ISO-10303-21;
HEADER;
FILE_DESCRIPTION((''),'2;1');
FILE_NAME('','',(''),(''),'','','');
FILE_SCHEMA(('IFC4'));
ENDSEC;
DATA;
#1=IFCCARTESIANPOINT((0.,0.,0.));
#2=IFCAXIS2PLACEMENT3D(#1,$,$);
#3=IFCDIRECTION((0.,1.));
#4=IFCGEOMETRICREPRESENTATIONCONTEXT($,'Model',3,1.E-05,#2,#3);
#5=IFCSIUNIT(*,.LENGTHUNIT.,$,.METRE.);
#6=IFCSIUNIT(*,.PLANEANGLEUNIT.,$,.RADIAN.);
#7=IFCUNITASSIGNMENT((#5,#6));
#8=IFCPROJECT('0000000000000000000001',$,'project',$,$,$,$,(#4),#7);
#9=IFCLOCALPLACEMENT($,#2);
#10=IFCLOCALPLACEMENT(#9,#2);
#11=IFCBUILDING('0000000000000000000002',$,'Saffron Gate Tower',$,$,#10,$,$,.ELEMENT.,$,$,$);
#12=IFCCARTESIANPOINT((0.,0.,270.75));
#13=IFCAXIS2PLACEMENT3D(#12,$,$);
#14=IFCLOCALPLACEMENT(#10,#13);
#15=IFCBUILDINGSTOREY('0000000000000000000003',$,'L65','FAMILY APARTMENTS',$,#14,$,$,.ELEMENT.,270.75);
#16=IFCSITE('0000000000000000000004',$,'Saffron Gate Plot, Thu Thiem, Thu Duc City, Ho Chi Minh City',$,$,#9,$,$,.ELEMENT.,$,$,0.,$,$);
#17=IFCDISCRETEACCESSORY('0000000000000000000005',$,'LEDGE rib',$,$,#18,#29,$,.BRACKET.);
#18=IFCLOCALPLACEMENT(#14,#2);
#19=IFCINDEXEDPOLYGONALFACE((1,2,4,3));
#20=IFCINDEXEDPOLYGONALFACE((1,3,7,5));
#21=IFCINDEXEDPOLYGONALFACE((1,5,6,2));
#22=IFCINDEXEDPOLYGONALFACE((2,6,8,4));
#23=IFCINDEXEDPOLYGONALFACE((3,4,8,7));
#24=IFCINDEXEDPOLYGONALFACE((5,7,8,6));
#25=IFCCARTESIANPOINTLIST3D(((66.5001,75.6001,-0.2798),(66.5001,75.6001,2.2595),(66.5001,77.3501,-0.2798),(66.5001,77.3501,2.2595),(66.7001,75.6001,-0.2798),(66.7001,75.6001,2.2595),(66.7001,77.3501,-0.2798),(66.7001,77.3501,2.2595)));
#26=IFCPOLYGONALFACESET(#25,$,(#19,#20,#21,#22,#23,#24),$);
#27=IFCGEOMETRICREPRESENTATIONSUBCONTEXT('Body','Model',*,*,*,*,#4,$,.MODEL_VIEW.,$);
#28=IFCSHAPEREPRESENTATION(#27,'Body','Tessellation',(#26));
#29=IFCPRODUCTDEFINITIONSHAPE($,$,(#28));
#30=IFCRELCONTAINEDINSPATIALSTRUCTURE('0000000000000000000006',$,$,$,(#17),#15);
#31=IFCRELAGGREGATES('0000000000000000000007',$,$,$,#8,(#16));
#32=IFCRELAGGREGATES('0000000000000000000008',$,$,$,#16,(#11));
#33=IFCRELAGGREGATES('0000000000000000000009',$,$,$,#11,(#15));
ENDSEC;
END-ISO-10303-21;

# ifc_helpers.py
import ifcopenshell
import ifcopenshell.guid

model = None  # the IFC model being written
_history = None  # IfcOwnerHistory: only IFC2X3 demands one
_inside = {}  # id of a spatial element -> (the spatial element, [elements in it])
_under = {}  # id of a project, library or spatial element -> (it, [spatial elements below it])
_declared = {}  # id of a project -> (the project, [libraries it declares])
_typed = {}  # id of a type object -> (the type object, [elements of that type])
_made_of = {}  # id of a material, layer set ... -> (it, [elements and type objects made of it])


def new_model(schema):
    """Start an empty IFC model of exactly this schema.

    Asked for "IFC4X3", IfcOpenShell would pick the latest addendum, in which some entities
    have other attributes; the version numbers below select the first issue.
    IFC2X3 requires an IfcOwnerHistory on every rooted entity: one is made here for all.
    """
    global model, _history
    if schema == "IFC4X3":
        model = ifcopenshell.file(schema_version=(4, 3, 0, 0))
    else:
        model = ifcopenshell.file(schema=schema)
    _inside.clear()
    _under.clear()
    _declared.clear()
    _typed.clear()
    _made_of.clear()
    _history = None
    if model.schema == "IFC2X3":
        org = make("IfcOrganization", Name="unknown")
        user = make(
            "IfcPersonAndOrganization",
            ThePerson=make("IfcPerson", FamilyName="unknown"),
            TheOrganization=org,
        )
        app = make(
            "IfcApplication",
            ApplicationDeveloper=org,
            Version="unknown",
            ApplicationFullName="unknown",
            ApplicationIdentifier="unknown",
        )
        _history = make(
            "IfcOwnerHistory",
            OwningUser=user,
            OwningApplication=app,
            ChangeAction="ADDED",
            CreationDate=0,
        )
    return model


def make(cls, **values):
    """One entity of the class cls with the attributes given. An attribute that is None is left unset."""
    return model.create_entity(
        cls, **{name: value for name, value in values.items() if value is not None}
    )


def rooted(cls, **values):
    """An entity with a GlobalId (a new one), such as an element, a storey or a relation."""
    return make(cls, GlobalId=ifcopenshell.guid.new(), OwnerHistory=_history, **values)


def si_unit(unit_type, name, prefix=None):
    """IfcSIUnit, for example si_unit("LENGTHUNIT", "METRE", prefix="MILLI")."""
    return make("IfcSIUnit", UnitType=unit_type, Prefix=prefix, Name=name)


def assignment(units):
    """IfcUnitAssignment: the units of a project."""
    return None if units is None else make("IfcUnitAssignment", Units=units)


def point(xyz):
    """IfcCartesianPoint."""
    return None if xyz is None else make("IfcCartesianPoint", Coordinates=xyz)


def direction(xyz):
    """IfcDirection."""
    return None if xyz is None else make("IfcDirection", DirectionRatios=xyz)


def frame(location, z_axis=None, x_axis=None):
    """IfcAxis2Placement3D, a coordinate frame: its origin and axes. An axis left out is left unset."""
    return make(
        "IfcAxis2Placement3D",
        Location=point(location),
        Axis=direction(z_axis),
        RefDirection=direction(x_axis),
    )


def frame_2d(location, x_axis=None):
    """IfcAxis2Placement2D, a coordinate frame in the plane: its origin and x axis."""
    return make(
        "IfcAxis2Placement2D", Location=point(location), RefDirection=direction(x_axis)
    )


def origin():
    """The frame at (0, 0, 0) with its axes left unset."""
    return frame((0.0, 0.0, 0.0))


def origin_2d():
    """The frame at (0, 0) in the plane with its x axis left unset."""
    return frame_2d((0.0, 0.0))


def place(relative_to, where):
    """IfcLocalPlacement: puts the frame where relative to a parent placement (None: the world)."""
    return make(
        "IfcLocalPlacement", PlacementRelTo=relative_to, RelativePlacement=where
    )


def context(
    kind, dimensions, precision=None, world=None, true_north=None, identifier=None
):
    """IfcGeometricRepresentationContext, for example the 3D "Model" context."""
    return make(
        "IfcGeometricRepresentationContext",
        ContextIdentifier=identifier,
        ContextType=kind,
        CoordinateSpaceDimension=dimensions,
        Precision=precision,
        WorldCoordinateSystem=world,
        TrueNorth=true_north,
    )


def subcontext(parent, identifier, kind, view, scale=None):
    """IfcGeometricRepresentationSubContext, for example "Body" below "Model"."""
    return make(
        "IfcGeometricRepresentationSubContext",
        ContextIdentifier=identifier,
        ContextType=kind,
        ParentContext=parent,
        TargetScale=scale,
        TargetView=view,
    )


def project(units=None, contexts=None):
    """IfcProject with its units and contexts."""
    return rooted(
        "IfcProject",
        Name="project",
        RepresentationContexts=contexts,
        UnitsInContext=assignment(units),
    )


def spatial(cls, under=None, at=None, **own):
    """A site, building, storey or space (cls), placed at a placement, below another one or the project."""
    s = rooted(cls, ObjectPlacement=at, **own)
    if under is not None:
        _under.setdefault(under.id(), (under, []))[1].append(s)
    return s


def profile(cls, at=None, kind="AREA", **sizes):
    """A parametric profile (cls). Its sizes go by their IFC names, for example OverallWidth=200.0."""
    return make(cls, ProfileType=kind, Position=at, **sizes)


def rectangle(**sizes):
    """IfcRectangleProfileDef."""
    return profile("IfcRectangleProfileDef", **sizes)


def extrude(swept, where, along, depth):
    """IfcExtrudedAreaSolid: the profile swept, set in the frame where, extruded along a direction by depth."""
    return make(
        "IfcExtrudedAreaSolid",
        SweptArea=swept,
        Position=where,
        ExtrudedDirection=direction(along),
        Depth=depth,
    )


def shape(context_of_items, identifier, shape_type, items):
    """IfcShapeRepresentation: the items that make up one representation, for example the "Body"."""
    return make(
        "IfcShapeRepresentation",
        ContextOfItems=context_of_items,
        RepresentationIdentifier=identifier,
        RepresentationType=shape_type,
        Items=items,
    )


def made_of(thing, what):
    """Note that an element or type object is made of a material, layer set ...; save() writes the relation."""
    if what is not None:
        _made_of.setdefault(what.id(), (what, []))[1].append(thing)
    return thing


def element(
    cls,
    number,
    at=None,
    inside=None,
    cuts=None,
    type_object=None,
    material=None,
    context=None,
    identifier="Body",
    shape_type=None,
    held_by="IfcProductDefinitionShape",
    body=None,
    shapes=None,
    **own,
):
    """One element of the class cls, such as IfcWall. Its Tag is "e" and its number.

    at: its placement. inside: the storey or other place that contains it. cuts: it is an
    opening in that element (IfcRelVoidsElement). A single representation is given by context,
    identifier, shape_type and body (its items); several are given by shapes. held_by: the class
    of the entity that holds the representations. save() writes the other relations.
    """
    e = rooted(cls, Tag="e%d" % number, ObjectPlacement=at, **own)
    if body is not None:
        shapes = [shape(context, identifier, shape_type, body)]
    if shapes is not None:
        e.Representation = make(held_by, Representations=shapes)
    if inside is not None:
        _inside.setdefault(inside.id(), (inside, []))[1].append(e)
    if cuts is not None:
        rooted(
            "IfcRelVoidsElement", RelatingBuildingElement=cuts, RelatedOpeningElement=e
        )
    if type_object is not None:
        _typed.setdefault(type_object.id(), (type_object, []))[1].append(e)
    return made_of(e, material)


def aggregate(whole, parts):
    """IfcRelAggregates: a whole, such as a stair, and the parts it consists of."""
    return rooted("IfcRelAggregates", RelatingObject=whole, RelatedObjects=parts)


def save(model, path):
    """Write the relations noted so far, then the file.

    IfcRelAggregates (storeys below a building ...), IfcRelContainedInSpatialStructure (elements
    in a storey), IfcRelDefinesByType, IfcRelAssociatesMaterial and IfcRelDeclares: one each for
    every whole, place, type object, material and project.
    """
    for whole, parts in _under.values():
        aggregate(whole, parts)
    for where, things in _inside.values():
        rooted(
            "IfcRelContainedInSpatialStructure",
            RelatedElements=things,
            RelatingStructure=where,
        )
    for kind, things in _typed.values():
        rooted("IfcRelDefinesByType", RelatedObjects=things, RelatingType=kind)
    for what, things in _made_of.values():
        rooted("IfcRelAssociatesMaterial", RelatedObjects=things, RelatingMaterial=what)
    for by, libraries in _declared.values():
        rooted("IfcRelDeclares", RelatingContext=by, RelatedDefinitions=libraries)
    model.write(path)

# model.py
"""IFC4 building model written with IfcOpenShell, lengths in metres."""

from ifc_helpers import new_model, si_unit, direction, frame, origin, origin_2d, place, context, subcontext, project, spatial, rectangle, extrude, element, save


model = new_model("IFC4")

# Units and contexts
model_context = context("Model", 3, precision=1e-05, world=origin(), true_north=direction((0.0, 1.0)))
body_context = subcontext(model_context, "Body", "Model", "MODEL_VIEW")
ifc_project = project(units=[si_unit("LENGTHUNIT", "METRE"), si_unit("PLANEANGLEUNIT", "RADIAN")], contexts=[model_context])

# Site, building, storey
site_placement = place(None, origin())
site = spatial("IfcSite", under=ifc_project, at=site_placement, Name="Saffron Gate Plot, Thu Thiem, Thu Duc City, Ho Chi Minh City", CompositionType="ELEMENT", RefElevation=0.0)
building_placement = place(site_placement, origin())
building = spatial("IfcBuilding", under=site, at=building_placement, Name="Saffron Gate Tower", CompositionType="ELEMENT")
storey_placement = place(building_placement, frame((0.0, 0.0, 270.75)))
storey = spatial("IfcBuildingStorey", under=building, at=storey_placement, Name="L65", Description="FAMILY APARTMENTS", CompositionType="ELEMENT", Elevation=270.75)

# Discrete accessory
discrete_accessory_1_placement = place(storey_placement, frame((66.6001, 76.4751, -0.2798), z_axis=(0.0, 0.0, 1.0), x_axis=(-1.0, 0.0, 0.0)))
element("IfcDiscreteAccessory", 1, at=discrete_accessory_1_placement, inside=storey, Name="LEDGE rib", PredefinedType="BRACKET", context=body_context, shape_type="SweptSolid", body=[
    extrude(rectangle(XDim=0.2, YDim=1.75, at=origin_2d()), origin(), (0.0, 0.0, 1.0), 2.5393),
])

save(model, "model.ifc")
